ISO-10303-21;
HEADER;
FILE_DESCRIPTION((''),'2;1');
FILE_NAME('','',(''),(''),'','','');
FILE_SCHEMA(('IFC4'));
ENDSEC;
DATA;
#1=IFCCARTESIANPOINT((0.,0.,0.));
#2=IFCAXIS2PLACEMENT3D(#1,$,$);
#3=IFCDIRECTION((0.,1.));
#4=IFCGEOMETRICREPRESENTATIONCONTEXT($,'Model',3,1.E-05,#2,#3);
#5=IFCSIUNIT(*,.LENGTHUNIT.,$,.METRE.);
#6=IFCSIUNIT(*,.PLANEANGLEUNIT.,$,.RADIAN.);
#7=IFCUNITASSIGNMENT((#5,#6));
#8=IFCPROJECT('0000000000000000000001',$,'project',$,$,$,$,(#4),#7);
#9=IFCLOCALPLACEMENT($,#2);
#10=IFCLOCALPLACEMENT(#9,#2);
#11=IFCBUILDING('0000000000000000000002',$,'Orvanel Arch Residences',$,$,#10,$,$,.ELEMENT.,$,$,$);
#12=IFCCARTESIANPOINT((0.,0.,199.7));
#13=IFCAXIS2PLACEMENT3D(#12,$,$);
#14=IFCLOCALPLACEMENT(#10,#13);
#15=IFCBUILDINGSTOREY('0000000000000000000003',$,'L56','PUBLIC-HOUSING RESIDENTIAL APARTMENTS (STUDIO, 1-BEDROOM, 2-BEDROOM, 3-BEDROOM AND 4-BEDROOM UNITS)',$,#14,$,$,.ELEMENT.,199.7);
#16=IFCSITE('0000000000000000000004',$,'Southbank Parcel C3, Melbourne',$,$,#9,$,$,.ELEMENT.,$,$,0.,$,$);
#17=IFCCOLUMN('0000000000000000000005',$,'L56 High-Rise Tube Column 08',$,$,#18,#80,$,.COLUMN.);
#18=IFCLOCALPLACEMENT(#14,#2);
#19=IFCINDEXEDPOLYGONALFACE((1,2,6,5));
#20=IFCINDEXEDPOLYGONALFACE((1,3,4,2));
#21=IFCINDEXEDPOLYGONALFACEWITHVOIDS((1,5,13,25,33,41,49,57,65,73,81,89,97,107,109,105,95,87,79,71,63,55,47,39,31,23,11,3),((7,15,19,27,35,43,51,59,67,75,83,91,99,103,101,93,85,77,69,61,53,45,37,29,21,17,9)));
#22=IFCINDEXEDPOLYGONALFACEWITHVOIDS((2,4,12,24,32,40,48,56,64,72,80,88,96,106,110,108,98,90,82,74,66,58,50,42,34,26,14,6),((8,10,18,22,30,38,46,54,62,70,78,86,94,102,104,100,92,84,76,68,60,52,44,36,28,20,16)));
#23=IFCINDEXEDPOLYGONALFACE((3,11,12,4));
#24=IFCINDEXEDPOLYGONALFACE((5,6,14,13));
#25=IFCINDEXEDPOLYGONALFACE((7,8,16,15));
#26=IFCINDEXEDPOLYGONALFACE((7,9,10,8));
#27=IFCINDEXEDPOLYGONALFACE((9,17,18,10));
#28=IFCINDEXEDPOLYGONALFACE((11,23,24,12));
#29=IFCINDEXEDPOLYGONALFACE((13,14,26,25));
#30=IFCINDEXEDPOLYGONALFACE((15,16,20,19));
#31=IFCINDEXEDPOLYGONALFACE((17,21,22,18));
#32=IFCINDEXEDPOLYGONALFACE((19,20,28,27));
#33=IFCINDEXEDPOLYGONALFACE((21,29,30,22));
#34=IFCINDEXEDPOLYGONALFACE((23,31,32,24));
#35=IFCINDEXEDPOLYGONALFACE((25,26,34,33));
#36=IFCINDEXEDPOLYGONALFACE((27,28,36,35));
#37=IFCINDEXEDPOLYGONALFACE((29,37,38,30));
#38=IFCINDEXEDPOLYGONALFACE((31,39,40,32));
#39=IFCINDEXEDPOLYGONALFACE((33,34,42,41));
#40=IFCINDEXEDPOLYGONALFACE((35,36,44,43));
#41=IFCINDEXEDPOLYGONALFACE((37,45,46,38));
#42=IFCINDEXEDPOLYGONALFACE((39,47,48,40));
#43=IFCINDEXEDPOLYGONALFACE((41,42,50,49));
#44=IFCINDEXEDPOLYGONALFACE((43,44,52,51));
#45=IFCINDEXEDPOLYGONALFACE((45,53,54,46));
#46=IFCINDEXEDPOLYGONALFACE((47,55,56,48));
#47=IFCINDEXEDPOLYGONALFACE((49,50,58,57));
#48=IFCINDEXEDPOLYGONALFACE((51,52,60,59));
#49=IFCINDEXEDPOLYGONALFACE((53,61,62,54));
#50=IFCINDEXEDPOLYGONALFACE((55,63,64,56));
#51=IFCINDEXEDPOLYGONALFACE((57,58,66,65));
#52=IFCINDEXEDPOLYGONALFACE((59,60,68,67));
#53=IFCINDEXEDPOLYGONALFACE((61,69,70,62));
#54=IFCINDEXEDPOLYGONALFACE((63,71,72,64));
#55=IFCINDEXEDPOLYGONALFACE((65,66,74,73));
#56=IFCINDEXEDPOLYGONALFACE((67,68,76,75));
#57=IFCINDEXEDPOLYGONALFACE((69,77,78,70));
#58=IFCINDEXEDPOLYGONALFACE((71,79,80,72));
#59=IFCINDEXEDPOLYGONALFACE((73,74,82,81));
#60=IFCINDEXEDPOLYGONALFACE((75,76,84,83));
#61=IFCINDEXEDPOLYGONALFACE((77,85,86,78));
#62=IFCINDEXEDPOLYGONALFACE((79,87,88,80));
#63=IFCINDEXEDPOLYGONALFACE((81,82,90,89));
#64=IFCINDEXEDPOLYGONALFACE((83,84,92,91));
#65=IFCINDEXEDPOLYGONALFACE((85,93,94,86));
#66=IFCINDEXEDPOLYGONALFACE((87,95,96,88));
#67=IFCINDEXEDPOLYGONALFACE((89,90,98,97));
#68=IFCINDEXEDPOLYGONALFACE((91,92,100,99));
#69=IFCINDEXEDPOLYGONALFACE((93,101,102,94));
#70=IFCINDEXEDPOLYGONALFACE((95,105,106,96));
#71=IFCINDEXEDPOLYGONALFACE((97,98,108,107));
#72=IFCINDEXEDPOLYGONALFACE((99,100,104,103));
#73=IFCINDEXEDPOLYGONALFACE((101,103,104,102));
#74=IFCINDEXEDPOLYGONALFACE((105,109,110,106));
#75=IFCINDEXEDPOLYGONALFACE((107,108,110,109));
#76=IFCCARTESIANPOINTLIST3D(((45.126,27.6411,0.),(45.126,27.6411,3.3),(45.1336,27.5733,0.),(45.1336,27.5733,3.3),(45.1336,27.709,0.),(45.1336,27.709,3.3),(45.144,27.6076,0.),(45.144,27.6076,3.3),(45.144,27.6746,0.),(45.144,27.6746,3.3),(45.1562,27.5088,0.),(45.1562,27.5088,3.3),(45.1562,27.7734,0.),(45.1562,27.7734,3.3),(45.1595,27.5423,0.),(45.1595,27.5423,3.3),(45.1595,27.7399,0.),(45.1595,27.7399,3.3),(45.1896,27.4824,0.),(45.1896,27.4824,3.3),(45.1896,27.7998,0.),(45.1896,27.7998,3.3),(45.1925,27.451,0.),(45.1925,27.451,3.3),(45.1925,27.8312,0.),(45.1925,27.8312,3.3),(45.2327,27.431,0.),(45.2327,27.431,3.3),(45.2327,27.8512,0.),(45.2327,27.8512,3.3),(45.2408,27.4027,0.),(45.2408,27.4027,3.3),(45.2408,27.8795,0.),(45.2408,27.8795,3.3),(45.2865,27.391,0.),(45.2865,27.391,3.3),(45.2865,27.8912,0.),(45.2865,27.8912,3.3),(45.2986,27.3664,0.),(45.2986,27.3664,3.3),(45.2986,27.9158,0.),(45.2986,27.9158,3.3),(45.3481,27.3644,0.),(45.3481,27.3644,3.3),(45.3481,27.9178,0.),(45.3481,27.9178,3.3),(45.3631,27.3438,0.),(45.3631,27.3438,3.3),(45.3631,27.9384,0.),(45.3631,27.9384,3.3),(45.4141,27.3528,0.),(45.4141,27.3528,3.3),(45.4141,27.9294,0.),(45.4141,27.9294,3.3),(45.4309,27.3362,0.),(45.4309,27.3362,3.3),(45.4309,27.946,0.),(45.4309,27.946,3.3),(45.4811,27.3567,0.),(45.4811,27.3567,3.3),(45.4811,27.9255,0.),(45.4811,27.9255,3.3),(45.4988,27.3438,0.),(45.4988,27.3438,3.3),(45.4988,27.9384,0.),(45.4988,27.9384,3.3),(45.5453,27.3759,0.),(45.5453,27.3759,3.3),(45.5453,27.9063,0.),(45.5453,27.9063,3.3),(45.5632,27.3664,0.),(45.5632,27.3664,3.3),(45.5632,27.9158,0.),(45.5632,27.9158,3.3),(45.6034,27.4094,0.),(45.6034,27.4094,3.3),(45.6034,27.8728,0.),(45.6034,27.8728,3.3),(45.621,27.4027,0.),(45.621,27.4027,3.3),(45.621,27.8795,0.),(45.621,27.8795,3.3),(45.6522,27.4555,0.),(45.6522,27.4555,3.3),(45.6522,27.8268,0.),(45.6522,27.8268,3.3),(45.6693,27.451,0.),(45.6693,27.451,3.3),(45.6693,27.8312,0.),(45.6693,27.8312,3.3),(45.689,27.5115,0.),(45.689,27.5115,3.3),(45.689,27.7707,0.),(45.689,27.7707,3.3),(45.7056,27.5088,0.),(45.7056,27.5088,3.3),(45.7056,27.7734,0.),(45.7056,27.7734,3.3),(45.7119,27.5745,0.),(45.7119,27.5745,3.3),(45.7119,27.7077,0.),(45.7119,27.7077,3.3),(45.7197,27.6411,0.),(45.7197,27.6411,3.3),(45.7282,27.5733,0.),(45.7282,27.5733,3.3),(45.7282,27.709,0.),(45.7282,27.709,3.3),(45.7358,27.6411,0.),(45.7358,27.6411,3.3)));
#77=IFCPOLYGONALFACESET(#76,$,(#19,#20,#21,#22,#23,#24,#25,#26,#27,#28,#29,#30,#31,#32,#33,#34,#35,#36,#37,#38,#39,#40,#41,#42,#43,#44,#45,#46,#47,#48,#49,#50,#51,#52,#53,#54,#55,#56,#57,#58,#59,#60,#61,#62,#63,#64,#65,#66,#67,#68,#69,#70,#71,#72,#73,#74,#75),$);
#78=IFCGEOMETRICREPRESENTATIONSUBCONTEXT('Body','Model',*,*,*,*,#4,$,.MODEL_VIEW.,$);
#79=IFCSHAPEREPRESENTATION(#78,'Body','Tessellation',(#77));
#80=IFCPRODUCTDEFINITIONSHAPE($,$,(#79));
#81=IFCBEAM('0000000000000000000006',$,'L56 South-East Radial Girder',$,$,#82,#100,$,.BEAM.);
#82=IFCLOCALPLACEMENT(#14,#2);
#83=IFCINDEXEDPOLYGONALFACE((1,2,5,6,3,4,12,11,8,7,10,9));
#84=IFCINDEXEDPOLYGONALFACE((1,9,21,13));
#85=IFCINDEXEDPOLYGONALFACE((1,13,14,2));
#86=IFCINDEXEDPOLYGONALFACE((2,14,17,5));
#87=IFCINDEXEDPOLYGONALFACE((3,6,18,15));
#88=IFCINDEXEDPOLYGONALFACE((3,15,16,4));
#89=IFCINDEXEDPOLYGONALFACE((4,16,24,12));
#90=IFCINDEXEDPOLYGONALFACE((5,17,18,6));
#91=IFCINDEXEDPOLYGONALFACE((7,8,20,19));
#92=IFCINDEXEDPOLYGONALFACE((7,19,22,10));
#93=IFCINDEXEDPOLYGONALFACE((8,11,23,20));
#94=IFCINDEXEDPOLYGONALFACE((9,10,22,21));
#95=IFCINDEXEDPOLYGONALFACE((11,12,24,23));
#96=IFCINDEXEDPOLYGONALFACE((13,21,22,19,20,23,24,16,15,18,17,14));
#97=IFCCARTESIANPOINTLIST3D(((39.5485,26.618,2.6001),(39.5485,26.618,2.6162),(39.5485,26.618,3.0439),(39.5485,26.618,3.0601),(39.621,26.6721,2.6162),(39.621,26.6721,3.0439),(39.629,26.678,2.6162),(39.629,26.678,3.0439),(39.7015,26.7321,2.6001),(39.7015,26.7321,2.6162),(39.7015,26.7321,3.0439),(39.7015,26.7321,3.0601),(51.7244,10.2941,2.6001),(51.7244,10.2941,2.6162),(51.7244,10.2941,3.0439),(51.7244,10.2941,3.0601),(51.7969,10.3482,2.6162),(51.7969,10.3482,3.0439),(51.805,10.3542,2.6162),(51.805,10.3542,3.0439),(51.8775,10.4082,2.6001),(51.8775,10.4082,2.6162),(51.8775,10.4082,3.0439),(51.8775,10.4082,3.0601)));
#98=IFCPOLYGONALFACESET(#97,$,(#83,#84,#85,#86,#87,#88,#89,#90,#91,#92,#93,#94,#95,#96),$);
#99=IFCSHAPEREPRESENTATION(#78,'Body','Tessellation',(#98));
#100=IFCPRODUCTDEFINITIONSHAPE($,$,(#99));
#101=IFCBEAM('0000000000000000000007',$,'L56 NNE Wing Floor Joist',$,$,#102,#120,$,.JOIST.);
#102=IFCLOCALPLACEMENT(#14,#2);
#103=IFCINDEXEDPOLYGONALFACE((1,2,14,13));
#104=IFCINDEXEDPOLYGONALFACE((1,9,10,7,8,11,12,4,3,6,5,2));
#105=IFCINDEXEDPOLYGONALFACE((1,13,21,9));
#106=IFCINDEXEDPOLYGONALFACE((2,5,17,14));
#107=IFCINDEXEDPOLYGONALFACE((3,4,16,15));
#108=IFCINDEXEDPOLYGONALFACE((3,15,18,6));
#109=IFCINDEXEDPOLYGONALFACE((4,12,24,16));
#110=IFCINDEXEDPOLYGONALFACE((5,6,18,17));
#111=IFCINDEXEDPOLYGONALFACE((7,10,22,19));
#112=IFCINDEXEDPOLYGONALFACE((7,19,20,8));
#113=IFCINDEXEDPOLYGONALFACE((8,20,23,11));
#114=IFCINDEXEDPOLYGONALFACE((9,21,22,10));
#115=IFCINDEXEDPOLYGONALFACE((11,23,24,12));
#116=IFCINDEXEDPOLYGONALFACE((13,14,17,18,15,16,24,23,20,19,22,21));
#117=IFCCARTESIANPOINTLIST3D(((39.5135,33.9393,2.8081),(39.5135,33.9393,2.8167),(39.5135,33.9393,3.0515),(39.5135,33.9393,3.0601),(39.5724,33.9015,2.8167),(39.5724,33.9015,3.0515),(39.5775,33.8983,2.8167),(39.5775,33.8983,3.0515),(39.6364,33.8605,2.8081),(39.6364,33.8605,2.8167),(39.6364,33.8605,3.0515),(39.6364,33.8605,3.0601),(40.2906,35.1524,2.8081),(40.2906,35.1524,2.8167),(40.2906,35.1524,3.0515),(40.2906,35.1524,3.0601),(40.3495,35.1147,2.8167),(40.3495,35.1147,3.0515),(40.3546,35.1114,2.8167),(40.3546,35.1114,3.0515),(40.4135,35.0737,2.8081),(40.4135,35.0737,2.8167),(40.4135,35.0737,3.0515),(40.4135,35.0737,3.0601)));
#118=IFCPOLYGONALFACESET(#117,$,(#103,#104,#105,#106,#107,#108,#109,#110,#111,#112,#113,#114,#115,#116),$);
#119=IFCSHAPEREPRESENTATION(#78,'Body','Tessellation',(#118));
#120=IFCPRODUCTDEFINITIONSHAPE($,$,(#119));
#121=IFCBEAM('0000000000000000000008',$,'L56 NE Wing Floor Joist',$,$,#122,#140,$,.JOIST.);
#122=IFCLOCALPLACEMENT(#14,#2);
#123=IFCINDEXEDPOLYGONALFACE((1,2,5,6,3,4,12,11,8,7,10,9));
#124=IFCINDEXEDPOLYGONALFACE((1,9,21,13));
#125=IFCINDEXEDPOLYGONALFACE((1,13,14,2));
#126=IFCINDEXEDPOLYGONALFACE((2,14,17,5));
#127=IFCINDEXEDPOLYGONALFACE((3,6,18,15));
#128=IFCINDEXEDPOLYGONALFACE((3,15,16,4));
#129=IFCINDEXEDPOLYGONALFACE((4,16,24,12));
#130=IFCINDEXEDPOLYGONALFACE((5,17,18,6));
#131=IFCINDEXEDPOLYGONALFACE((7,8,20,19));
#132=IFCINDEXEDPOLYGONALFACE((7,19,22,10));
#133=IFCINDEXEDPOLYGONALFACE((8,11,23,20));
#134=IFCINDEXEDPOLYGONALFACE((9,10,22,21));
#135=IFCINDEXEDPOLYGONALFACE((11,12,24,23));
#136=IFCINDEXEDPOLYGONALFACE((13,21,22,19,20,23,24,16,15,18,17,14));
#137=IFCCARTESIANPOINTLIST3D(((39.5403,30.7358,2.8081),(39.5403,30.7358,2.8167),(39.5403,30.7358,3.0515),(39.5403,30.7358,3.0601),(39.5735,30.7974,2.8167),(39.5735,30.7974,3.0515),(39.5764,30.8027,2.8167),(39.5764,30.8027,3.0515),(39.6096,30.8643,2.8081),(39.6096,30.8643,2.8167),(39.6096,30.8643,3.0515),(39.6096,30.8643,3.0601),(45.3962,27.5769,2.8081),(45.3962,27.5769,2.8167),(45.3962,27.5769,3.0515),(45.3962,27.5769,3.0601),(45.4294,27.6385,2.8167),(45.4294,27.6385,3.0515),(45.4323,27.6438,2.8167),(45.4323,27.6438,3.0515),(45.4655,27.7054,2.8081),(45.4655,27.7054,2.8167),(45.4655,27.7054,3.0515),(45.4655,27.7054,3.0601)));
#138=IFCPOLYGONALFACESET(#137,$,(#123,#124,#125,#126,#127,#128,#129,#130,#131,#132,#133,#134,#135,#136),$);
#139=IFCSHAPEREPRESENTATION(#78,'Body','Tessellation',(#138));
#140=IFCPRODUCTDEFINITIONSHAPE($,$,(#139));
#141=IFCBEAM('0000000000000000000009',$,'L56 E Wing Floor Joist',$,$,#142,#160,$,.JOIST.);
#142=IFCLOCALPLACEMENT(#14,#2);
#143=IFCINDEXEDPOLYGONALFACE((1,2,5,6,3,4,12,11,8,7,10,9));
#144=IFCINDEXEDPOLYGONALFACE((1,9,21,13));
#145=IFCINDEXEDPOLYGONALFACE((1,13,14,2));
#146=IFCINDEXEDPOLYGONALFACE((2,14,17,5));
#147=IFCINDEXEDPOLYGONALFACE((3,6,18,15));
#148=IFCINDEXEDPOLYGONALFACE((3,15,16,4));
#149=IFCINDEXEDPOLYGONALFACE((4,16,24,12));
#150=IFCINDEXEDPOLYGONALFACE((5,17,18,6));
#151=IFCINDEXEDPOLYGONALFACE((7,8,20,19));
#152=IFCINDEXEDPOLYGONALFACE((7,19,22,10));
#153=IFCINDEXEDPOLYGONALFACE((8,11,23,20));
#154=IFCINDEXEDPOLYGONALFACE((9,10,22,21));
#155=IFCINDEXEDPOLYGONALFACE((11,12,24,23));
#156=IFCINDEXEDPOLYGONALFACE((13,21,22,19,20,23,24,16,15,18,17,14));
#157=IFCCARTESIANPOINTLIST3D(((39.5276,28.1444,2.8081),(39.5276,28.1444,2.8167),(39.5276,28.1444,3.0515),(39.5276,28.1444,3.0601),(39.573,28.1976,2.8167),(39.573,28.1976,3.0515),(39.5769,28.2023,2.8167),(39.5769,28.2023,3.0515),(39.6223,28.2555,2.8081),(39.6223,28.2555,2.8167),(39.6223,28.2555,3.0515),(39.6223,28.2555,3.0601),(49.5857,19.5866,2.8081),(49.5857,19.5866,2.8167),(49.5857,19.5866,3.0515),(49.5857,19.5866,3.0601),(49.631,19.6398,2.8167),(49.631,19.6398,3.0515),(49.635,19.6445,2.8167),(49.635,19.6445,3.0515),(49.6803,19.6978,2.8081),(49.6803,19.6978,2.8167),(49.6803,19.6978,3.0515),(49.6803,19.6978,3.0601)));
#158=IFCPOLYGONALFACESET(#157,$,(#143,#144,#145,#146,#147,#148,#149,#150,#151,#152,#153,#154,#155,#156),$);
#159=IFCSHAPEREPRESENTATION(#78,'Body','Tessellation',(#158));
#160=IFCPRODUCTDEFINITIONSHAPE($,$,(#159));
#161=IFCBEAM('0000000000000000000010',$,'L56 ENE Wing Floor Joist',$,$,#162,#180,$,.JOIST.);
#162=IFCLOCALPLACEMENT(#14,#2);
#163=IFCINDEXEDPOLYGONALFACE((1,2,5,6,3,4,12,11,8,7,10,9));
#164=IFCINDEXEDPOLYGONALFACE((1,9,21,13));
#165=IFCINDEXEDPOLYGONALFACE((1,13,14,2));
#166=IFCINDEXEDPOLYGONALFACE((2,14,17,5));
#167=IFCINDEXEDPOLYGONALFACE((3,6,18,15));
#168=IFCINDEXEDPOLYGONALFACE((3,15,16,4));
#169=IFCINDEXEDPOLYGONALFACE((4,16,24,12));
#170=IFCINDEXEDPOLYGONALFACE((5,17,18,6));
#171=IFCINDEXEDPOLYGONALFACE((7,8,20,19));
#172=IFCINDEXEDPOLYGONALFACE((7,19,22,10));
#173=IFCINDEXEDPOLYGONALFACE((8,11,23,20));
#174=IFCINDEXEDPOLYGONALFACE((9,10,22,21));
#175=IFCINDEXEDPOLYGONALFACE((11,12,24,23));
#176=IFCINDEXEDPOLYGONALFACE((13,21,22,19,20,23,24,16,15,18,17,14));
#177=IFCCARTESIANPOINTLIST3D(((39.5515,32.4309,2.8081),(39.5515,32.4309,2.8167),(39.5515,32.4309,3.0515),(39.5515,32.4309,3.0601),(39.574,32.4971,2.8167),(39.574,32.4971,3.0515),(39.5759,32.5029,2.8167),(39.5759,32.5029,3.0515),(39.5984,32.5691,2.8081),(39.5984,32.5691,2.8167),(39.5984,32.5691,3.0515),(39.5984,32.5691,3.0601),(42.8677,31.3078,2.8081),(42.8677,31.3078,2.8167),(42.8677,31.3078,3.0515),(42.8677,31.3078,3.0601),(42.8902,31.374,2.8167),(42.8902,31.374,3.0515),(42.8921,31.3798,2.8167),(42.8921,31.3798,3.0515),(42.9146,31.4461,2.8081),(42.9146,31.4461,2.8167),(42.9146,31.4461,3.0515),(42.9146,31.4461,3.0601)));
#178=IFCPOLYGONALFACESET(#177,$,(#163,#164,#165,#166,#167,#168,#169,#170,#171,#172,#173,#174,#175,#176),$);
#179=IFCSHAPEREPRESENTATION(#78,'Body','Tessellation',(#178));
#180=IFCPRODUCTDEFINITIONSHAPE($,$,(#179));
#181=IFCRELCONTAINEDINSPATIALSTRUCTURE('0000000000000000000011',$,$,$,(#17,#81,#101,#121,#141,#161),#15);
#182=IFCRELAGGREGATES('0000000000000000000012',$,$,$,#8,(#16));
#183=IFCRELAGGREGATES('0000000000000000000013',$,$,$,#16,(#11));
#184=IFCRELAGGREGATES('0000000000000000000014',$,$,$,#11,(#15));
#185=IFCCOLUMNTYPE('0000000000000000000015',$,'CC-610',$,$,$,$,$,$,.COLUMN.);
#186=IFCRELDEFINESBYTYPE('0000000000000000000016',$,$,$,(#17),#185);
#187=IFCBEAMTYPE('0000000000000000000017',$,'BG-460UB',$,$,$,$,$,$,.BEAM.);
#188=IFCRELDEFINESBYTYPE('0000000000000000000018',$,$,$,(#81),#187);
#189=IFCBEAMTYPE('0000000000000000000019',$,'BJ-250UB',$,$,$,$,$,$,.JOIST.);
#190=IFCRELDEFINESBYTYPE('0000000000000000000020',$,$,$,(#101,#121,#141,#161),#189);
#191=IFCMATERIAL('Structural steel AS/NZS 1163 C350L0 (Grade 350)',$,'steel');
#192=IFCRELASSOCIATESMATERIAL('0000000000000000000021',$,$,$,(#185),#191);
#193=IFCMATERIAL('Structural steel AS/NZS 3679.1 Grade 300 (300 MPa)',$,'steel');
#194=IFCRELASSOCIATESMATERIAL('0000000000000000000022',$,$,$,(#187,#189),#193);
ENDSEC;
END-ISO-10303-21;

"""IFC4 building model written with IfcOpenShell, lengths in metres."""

from ifc_helpers import new_model, si_unit, direction, frame, origin, origin_2d, place, context, subcontext, project, spatial, hollow_circle, i_section, extrude, material, material_profile, profile_set, type_object, element, save


model = new_model("IFC4")

# Units and contexts
model_context = context("Model", 3, precision=1e-05, world=origin(), true_north=direction((0.0, 1.0)))
body_context = subcontext(model_context, "Body", "Model", "MODEL_VIEW")
ifc_project = project(units=[si_unit("LENGTHUNIT", "METRE"), si_unit("PLANEANGLEUNIT", "RADIAN")], contexts=[model_context])

# Site, building, storey
site_placement = place(None, origin())
site = spatial("IfcSite", under=ifc_project, at=site_placement, Name="Southbank Parcel C3, Melbourne", CompositionType="ELEMENT", RefElevation=0.0)
building_placement = place(site_placement, origin())
building = spatial("IfcBuilding", under=site, at=building_placement, Name="Orvanel Arch Residences", CompositionType="ELEMENT")
storey_placement = place(building_placement, frame((0.0, 0.0, 199.7)))
storey = spatial("IfcBuildingStorey", under=building, at=storey_placement, Name="L56", Description="PUBLIC-HOUSING RESIDENTIAL APARTMENTS (STUDIO, 1-BEDROOM, 2-BEDROOM, 3-BEDROOM AND 4-BEDROOM UNITS)", CompositionType="ELEMENT", Elevation=199.7)

# Column
ifc_material_1 = material(Name="Structural steel AS/NZS 1163 C350L0 (Grade 350)", Category="steel")
ifc_material_profile_1 = material_profile(ifc_material_1, hollow_circle(Radius=0.3049, WallThickness=0.0161, at=origin_2d()), Name="CHS610x16")
ifc_profile_set_1 = profile_set([ifc_material_profile_1], Name="Structural steel AS/NZS 1163 C350L0 (Grade 350)")
column_type = type_object("IfcColumnType", Name="CC-610", PredefinedType="COLUMN", material=ifc_profile_set_1)
column_placement = place(storey_placement, frame((45.4309, 27.6411, 0.0), z_axis=(0.0, 0.0, 1.0), x_axis=(1.0, 0.0, 0.0)))
element("IfcColumn", 1, at=column_placement, inside=storey, type_object=column_type, Name="L56 High-Rise Tube Column 08", PredefinedType="COLUMN", context=body_context, shape_type="SweptSolid", body=[
    extrude(hollow_circle(Radius=0.3049, WallThickness=0.0161, at=origin_2d()), origin(), (0.0, 0.0, 1.0), 3.3),
])

# Beams
ifc_material_2 = material(Name="Structural steel AS/NZS 3679.1 Grade 300 (300 MPa)", Category="steel")
ifc_material_profile_2 = material_profile(ifc_material_2, i_section(OverallWidth=0.1909, OverallDepth=0.46, WebThickness=0.01, FlangeThickness=0.0161, at=origin_2d()), Name="460UB82.1")
ifc_profile_set_2 = profile_set([ifc_material_profile_2], Name="Structural steel AS/NZS 3679.1 Grade 300 (300 MPa)")
beam_type_1 = type_object("IfcBeamType", Name="BG-460UB", PredefinedType="BEAM", material=ifc_profile_set_2)
beam_1_placement = place(storey_placement, frame((39.625, 26.675, 2.8301), z_axis=(0.597894, -0.801575, 0.0), x_axis=(0.801575, 0.597894, 0.0)))
element("IfcBeam", 2, at=beam_1_placement, inside=storey, type_object=beam_type_1, Name="L56 South-East Radial Girder", PredefinedType="BEAM", context=body_context, shape_type="SweptSolid", body=[
    extrude(i_section(OverallWidth=0.1909, OverallDepth=0.46, WebThickness=0.01, FlangeThickness=0.0161, at=origin_2d()), origin(), (0.0, 0.0, 1.0), 20.3647),
])
ifc_material_profile_3 = material_profile(ifc_material_2, i_section(OverallWidth=0.146, OverallDepth=0.252, WebThickness=0.0061, FlangeThickness=0.0085, at=origin_2d()), Name="250UB31.4")
ifc_profile_set_3 = profile_set([ifc_material_profile_3], Name="Structural steel AS/NZS 3679.1 Grade 300 (300 MPa)")
beam_type_2 = type_object("IfcBeamType", Name="BJ-250UB", PredefinedType="JOIST", material=ifc_profile_set_3)
beam_2_placement = place(storey_placement, frame((39.575, 33.8999, 2.9341), z_axis=(0.539395, 0.842053, 0.0), x_axis=(-0.842053, 0.539395, 0.0)))
element("IfcBeam", 3, at=beam_2_placement, inside=storey, type_object=beam_type_2, Name="L56 NNE Wing Floor Joist", PredefinedType="JOIST", context=body_context, shape_type="SweptSolid", body=[
    extrude(i_section(OverallWidth=0.146, OverallDepth=0.252, WebThickness=0.0061, FlangeThickness=0.0085, at=origin_2d()), origin(), (0.0, 0.0, 1.0), 1.4407),
])
beam_3_placement = place(storey_placement, frame((39.575, 30.8, 2.9341), z_axis=(0.880111, -0.474767, 0.0), x_axis=(0.474767, 0.880111, 0.0)))
element("IfcBeam", 4, at=beam_3_placement, inside=storey, type_object=beam_type_2, Name="L56 NE Wing Floor Joist", PredefinedType="JOIST", context=body_context, shape_type="SweptSolid", body=[
    extrude(i_section(OverallWidth=0.146, OverallDepth=0.252, WebThickness=0.0061, FlangeThickness=0.0085, at=origin_2d()), origin(), (0.0, 0.0, 1.0), 6.6536),
])
beam_4_placement = place(storey_placement, frame((39.575, 28.2, 2.9341), z_axis=(0.761623, -0.648021, 0.0), x_axis=(0.648021, 0.761623, 0.0)))
element("IfcBeam", 5, at=beam_4_placement, inside=storey, type_object=beam_type_2, Name="L56 E Wing Floor Joist", PredefinedType="JOIST", context=body_context, shape_type="SweptSolid", body=[
    extrude(i_section(OverallWidth=0.146, OverallDepth=0.252, WebThickness=0.0061, FlangeThickness=0.0085, at=origin_2d()), origin(), (0.0, 0.0, 1.0), 13.2061),
])
beam_5_placement = place(storey_placement, frame((39.575, 32.5, 2.9341), z_axis=(0.947159, -0.320764, 0.0), x_axis=(0.320764, 0.947159, 0.0)))
element("IfcBeam", 6, at=beam_5_placement, inside=storey, type_object=beam_type_2, Name="L56 ENE Wing Floor Joist", PredefinedType="JOIST", context=body_context, shape_type="SweptSolid", body=[
    extrude(i_section(OverallWidth=0.146, OverallDepth=0.252, WebThickness=0.0061, FlangeThickness=0.0085, at=origin_2d()), origin(), (0.0, 0.0, 1.0), 3.5012),
])

save(model, "model.ifc")
